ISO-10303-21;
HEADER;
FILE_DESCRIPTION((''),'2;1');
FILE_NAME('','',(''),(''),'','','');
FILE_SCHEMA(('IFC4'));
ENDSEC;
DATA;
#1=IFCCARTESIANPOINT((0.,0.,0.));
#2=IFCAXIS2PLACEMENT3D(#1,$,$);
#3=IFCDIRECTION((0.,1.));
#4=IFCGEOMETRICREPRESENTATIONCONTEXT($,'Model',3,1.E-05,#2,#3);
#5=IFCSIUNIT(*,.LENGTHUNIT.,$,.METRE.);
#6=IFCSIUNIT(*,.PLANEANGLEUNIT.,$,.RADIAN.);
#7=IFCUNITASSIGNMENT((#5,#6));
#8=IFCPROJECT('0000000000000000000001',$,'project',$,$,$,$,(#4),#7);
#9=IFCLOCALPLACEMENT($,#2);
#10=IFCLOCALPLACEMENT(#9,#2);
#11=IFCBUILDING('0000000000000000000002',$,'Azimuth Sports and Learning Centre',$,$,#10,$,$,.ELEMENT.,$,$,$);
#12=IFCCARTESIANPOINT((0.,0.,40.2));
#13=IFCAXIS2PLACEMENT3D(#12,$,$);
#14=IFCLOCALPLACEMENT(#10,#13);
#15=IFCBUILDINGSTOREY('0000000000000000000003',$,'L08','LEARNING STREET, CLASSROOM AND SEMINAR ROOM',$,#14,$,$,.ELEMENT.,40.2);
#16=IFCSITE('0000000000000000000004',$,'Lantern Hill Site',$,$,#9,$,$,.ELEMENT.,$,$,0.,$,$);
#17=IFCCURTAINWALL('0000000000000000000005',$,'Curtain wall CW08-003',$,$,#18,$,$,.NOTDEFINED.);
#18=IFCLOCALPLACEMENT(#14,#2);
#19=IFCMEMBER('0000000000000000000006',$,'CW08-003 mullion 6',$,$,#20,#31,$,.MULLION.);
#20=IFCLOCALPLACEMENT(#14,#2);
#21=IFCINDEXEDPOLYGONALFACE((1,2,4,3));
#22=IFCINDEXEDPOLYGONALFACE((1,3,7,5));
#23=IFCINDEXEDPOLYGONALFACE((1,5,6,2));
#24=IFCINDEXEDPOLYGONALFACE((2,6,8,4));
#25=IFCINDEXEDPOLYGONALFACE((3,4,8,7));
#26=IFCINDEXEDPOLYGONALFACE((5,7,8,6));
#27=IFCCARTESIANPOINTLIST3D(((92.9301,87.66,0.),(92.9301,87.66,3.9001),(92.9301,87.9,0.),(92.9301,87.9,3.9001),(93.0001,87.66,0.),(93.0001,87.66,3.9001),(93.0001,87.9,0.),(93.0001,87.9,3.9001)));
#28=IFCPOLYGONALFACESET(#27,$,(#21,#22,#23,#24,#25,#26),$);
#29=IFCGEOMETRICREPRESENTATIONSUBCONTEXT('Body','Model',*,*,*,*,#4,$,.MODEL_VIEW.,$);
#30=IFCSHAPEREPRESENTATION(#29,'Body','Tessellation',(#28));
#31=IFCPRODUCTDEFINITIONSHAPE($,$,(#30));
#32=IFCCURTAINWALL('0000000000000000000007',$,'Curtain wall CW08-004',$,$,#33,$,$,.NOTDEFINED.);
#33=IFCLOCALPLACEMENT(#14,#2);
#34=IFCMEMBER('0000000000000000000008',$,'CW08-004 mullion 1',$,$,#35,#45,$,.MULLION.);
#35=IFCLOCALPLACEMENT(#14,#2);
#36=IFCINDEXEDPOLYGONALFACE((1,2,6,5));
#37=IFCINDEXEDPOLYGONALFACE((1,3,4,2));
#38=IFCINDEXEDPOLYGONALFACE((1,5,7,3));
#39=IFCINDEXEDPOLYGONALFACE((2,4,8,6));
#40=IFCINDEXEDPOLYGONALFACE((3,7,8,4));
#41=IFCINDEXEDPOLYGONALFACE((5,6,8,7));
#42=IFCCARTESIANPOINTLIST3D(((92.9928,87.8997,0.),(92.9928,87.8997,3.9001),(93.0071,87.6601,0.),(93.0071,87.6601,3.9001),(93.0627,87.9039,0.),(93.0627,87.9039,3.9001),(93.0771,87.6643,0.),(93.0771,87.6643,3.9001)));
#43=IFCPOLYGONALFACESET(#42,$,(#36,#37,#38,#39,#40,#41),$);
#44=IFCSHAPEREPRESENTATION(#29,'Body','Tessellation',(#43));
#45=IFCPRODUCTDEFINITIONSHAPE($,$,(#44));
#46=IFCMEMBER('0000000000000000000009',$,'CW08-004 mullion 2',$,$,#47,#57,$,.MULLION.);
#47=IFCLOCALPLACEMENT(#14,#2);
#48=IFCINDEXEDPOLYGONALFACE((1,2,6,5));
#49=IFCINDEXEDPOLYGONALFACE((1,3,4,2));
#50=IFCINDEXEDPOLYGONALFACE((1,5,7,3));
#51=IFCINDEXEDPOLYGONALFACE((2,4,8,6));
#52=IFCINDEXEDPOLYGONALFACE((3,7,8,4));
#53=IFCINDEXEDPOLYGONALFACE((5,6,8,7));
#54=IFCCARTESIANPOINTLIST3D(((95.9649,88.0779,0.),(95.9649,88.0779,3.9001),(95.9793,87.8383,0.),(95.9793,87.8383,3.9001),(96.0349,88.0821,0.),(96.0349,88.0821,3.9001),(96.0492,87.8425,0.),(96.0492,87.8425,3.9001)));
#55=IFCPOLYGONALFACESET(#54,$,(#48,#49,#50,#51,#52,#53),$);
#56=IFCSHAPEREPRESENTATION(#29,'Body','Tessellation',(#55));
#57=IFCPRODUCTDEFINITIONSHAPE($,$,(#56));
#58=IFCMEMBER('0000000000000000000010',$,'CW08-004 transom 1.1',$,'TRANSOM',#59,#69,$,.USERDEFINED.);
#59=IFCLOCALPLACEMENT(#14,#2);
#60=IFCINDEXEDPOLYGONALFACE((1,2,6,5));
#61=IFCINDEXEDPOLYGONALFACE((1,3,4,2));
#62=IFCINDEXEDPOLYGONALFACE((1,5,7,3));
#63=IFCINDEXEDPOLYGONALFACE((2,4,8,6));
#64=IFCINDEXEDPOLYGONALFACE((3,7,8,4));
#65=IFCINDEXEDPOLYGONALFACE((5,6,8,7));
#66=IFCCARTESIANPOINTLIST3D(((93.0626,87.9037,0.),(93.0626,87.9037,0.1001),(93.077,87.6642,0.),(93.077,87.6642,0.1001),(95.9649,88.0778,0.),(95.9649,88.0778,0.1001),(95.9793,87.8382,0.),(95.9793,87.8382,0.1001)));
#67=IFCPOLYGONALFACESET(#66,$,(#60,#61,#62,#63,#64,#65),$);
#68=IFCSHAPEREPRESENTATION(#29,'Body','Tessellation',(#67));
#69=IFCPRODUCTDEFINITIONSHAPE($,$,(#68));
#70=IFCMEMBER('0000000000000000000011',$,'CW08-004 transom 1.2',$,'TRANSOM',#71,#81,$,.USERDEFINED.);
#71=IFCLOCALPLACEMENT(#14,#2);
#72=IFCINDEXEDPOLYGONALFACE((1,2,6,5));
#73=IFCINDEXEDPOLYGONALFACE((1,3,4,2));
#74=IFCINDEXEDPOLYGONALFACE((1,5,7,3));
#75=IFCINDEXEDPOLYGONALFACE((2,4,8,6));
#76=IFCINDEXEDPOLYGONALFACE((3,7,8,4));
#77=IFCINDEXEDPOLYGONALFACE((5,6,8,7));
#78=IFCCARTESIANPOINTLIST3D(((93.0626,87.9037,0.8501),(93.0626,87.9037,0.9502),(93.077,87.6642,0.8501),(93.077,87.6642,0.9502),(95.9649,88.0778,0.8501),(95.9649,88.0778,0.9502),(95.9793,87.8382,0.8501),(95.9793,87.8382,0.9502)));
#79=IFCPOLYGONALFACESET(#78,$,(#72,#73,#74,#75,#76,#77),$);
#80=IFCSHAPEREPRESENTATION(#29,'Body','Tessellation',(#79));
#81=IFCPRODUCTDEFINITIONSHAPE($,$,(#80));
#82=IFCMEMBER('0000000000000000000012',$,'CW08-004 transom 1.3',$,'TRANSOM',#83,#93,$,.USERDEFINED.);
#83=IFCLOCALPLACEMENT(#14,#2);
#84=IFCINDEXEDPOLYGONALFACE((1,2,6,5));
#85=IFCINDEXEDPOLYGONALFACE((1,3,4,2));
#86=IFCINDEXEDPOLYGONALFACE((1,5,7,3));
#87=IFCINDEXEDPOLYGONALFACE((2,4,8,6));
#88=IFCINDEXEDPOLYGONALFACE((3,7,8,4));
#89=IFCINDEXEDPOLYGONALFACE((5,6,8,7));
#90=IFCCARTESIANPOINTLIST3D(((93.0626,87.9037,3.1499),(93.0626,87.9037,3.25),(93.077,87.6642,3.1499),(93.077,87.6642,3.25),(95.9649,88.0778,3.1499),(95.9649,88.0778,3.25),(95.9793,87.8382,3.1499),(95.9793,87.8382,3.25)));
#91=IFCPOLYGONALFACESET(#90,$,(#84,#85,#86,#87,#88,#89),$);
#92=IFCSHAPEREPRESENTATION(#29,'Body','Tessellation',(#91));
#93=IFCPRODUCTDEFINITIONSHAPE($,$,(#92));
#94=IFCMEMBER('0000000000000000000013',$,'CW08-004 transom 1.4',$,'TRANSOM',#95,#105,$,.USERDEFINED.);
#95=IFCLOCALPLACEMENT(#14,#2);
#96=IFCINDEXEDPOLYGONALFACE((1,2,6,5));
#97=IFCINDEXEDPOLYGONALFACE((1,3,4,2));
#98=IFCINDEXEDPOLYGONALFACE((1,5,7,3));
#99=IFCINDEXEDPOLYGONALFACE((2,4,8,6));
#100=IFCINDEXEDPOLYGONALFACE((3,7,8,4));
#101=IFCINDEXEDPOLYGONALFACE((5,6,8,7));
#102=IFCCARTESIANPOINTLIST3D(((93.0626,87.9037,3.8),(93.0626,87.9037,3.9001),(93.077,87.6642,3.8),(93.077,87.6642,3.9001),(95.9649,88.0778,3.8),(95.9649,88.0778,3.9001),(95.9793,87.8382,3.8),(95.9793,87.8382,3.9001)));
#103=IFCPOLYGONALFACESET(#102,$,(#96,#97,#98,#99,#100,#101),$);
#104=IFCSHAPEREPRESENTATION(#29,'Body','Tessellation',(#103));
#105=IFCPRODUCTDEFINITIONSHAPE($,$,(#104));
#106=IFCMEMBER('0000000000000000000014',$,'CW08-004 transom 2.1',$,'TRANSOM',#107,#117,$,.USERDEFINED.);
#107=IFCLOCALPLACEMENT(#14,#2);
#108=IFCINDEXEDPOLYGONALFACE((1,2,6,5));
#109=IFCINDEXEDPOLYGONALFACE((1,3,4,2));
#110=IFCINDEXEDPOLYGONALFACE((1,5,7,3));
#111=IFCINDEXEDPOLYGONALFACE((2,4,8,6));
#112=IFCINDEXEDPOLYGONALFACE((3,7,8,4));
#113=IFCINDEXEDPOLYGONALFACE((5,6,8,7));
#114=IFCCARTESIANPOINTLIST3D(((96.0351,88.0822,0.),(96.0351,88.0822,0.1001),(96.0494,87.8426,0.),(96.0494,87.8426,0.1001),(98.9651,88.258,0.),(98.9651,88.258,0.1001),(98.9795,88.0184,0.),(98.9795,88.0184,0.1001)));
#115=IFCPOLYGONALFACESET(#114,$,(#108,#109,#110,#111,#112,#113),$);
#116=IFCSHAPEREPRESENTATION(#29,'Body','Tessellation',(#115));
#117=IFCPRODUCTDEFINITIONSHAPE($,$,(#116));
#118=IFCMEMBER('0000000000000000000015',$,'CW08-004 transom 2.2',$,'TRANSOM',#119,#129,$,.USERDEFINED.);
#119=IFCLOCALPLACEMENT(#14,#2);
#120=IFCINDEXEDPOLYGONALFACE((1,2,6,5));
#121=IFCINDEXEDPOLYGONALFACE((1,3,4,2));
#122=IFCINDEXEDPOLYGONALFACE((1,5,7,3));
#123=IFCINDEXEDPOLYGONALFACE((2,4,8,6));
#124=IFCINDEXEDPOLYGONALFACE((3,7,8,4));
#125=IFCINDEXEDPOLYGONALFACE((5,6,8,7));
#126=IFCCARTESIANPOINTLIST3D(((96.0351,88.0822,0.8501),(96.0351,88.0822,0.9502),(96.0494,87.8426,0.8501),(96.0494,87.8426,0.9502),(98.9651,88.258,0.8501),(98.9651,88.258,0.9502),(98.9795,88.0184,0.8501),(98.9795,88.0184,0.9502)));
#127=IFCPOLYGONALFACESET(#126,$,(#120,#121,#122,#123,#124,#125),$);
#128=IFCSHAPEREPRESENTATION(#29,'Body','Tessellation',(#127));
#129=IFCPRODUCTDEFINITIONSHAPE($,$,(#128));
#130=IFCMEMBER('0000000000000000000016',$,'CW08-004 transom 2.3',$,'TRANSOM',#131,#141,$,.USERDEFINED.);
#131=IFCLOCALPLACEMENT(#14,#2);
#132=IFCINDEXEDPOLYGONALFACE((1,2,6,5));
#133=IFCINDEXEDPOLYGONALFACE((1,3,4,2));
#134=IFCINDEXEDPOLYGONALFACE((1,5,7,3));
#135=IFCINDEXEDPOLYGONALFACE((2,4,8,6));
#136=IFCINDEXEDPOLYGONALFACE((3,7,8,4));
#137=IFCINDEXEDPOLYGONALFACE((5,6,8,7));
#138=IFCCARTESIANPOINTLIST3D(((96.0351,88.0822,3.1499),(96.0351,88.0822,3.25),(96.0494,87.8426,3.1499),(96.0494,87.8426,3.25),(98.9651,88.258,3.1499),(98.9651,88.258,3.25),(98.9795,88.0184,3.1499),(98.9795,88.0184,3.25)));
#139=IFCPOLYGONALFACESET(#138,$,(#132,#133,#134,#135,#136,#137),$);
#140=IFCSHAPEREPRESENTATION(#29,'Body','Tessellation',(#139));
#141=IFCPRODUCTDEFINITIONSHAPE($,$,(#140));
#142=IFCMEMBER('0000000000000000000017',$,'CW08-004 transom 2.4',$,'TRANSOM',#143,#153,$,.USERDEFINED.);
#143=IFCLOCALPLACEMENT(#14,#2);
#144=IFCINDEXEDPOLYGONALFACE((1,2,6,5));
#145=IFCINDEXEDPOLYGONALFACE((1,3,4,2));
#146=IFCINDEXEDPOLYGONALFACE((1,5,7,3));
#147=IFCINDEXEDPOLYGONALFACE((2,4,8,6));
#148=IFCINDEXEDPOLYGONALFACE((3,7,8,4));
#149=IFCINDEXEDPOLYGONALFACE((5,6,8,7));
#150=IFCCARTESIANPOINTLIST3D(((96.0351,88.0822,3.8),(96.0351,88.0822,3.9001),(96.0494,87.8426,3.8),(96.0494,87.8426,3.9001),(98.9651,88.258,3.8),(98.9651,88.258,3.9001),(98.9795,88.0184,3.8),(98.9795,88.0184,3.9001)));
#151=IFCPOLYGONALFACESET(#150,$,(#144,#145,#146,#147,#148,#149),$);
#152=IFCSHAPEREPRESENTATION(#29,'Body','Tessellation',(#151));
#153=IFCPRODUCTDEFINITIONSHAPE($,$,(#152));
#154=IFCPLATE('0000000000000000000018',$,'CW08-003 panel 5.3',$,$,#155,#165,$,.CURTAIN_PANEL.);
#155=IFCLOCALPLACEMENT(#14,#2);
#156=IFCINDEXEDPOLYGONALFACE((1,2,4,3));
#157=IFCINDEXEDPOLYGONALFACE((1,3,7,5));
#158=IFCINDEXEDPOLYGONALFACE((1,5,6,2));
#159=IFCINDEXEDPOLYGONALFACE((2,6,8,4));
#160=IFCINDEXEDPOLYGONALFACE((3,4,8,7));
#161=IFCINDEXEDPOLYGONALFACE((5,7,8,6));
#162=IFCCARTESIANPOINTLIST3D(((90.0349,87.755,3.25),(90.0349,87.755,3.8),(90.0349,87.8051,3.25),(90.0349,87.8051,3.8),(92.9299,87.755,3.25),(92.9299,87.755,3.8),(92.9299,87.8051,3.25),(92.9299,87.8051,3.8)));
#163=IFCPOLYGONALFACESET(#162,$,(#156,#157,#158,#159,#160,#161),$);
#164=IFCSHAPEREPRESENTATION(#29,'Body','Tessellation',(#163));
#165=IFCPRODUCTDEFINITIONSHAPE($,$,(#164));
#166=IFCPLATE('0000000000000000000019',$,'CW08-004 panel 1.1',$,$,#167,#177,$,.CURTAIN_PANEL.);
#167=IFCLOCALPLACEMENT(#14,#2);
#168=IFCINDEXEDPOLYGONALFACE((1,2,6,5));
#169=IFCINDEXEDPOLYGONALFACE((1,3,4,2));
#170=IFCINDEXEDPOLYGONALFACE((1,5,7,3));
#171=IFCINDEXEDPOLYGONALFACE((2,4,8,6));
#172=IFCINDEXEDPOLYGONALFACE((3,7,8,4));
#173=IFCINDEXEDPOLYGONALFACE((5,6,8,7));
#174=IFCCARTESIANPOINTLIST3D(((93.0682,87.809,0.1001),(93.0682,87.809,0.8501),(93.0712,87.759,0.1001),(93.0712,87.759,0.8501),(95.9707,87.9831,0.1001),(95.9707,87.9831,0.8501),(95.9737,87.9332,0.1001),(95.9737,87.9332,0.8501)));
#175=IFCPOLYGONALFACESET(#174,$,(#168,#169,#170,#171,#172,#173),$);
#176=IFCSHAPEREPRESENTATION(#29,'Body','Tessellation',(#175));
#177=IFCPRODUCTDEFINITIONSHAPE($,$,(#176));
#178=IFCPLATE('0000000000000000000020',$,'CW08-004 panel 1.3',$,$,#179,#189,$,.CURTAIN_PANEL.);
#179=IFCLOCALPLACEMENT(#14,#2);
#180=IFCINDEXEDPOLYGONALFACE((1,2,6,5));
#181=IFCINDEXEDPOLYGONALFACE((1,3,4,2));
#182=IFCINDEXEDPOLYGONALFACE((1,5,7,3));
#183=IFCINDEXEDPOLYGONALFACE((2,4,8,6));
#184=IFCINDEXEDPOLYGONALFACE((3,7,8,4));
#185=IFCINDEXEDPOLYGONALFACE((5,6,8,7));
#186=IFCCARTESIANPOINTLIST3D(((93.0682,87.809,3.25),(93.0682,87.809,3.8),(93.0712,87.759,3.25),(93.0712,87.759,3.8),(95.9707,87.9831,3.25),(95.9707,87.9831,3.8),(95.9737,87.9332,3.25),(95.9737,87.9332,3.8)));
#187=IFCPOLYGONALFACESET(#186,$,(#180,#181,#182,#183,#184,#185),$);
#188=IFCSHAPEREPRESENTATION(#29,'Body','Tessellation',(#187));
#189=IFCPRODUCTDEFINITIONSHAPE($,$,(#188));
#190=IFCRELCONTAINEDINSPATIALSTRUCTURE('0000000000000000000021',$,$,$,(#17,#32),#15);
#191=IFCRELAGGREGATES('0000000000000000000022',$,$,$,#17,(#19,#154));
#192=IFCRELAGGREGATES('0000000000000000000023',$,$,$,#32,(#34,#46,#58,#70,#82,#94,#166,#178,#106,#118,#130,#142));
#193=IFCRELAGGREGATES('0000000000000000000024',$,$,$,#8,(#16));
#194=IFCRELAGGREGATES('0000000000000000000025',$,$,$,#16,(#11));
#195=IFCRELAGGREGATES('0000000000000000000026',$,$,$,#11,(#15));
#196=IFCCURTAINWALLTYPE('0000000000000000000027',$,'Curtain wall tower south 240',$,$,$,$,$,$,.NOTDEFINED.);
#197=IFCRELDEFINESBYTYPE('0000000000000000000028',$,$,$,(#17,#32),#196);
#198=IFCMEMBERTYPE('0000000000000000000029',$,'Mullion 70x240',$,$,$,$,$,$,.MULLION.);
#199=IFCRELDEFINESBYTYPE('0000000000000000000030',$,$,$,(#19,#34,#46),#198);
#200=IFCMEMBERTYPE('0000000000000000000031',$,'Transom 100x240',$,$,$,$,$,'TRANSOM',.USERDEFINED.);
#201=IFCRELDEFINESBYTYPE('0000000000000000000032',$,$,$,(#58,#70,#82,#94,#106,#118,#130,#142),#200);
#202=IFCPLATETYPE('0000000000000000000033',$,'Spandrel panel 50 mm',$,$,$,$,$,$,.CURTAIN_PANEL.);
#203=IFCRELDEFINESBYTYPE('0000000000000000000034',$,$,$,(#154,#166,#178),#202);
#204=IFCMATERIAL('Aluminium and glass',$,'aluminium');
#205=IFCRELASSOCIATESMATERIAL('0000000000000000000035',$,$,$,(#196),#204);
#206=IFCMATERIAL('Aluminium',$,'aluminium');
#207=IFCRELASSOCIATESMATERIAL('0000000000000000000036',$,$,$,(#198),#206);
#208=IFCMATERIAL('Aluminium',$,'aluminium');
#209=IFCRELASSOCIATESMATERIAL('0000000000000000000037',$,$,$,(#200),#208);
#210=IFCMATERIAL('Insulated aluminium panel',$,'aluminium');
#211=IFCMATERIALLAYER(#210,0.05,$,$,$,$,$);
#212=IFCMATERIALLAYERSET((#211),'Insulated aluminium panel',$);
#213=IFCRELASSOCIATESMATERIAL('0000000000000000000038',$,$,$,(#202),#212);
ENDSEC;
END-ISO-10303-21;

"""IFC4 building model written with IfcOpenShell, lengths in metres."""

from ifc_helpers import new_model, si_unit, direction, frame, origin, origin_2d, place, context, subcontext, project, spatial, rectangle, extrude, material, layer, layer_set, material_profile, profile_set, type_object, element, aggregate, save


model = new_model("IFC4")

# Units and contexts
model_context = context("Model", 3, precision=1e-05, world=origin(), true_north=direction((0.0, 1.0)))
body_context = subcontext(model_context, "Body", "Model", "MODEL_VIEW")
ifc_project = project(units=[si_unit("LENGTHUNIT", "METRE"), si_unit("PLANEANGLEUNIT", "RADIAN")], contexts=[model_context])

# Site, building, storey
site_placement = place(None, origin())
site = spatial("IfcSite", under=ifc_project, at=site_placement, Name="Lantern Hill Site", CompositionType="ELEMENT", RefElevation=0.0)
building_placement = place(site_placement, origin())
building = spatial("IfcBuilding", under=site, at=building_placement, Name="Azimuth Sports and Learning Centre", CompositionType="ELEMENT")
storey_placement = place(building_placement, frame((0.0, 0.0, 40.2)))
storey = spatial("IfcBuildingStorey", under=building, at=storey_placement, Name="L08", Description="LEARNING STREET, CLASSROOM AND SEMINAR ROOM", CompositionType="ELEMENT", Elevation=40.2)

# Curtain wall, member
ifc_material_1 = material(Name="Aluminium and glass", Category="aluminium")
curtain_wall_type = type_object("IfcCurtainWallType", Name="Curtain wall tower south 240", PredefinedType="NOTDEFINED", material=ifc_material_1)
curtain_wall_1_placement = place(storey_placement, origin())
curtain_wall_1 = element("IfcCurtainWall", 1, at=curtain_wall_1_placement, inside=storey, type_object=curtain_wall_type, Name="Curtain wall CW08-003", PredefinedType="NOTDEFINED")
ifc_material_2 = material(Name="Aluminium", Category="aluminium")
ifc_material_profile_1 = material_profile(ifc_material_2, rectangle(XDim=0.24, YDim=0.0701, at=origin_2d()), Name="Mullion 70x240")
ifc_profile_set_1 = profile_set([ifc_material_profile_1], Name="Aluminium")
member_type_1 = type_object("IfcMemberType", Name="Mullion 70x240", PredefinedType="MULLION", material=ifc_profile_set_1)
member_1_placement = place(storey_placement, frame((92.9651, 87.78, 0.0), z_axis=(0.0, 0.0, 1.0), x_axis=(0.0, 1.0, 0.0)))
member_1 = element("IfcMember", 2, at=member_1_placement, type_object=member_type_1, Name="CW08-003 mullion 6", PredefinedType="MULLION", context=body_context, shape_type="SweptSolid", body=[
    extrude(rectangle(XDim=0.24, YDim=0.0701, at=origin_2d()), origin(), (0.0, 0.0, 1.0), 3.9001),
])

# Curtain wall, members
curtain_wall_2_placement = place(storey_placement, origin())
curtain_wall_2 = element("IfcCurtainWall", 3, at=curtain_wall_2_placement, inside=storey, type_object=curtain_wall_type, Name="Curtain wall CW08-004", PredefinedType="NOTDEFINED")
member_2_placement = place(storey_placement, frame((93.0349, 87.782, 0.0), z_axis=(0.0, 0.0, 1.0), x_axis=(-0.059892, 0.998205, 0.0)))
member_2 = element("IfcMember", 4, at=member_2_placement, type_object=member_type_1, Name="CW08-004 mullion 1", PredefinedType="MULLION", context=body_context, shape_type="SweptSolid", body=[
    extrude(rectangle(XDim=0.24, YDim=0.0701, at=origin_2d()), origin(), (0.0, 0.0, 1.0), 3.9001),
])
member_3_placement = place(storey_placement, frame((96.0071, 87.9602, 0.0), z_axis=(0.0, 0.0, 1.0), x_axis=(-0.059892, 0.998205, 0.0)))
member_3 = element("IfcMember", 5, at=member_3_placement, type_object=member_type_1, Name="CW08-004 mullion 2", PredefinedType="MULLION", context=body_context, shape_type="SweptSolid", body=[
    extrude(rectangle(XDim=0.24, YDim=0.0701, at=origin_2d()), origin(), (0.0, 0.0, 1.0), 3.9001),
])
ifc_material_3 = material(Name="Aluminium", Category="aluminium")
ifc_material_profile_2 = material_profile(ifc_material_3, rectangle(XDim=0.24, YDim=0.1001, at=origin_2d()), Name="Transom 100x240")
ifc_profile_set_2 = profile_set([ifc_material_profile_2], Name="Aluminium")
member_type_2 = type_object("IfcMemberType", Name="Transom 100x240", ElementType="TRANSOM", PredefinedType="USERDEFINED", material=ifc_profile_set_2)
member_4_placement = place(storey_placement, frame((93.0698, 87.7839, 0.05), z_axis=(0.998206, 0.059869, 0.0), x_axis=(-0.059869, 0.998206, 0.0)))
member_4 = element("IfcMember", 6, at=member_4_placement, type_object=member_type_2, Name="CW08-004 transom 1.1", ObjectType="TRANSOM", PredefinedType="USERDEFINED", context=body_context, shape_type="SweptSolid", body=[
    extrude(rectangle(XDim=0.24, YDim=0.1001, at=origin_2d()), origin(), (0.0, 0.0, 1.0), 2.9075),
])
member_5_placement = place(storey_placement, frame((93.0698, 87.7839, 0.9001), z_axis=(0.998206, 0.059869, 0.0), x_axis=(-0.059869, 0.998206, 0.0)))
member_5 = element("IfcMember", 7, at=member_5_placement, type_object=member_type_2, Name="CW08-004 transom 1.2", ObjectType="TRANSOM", PredefinedType="USERDEFINED", context=body_context, shape_type="SweptSolid", body=[
    extrude(rectangle(XDim=0.24, YDim=0.1001, at=origin_2d()), origin(), (0.0, 0.0, 1.0), 2.9075),
])
member_6_placement = place(storey_placement, frame((93.0698, 87.7839, 3.2), z_axis=(0.998206, 0.059869, 0.0), x_axis=(-0.059869, 0.998206, 0.0)))
member_6 = element("IfcMember", 8, at=member_6_placement, type_object=member_type_2, Name="CW08-004 transom 1.3", ObjectType="TRANSOM", PredefinedType="USERDEFINED", context=body_context, shape_type="SweptSolid", body=[
    extrude(rectangle(XDim=0.24, YDim=0.1001, at=origin_2d()), origin(), (0.0, 0.0, 1.0), 2.9075),
])
member_7_placement = place(storey_placement, frame((93.0698, 87.7839, 3.8501), z_axis=(0.998206, 0.059869, 0.0), x_axis=(-0.059869, 0.998206, 0.0)))
member_7 = element("IfcMember", 9, at=member_7_placement, type_object=member_type_2, Name="CW08-004 transom 1.4", ObjectType="TRANSOM", PredefinedType="USERDEFINED", context=body_context, shape_type="SweptSolid", body=[
    extrude(rectangle(XDim=0.24, YDim=0.1001, at=origin_2d()), origin(), (0.0, 0.0, 1.0), 2.9075),
])
member_8_placement = place(storey_placement, frame((96.0422, 87.9624, 0.05), z_axis=(0.998205, 0.059887, 0.0), x_axis=(-0.059887, 0.998205, 0.0)))
member_8 = element("IfcMember", 10, at=member_8_placement, type_object=member_type_2, Name="CW08-004 transom 2.1", ObjectType="TRANSOM", PredefinedType="USERDEFINED", context=body_context, shape_type="SweptSolid", body=[
    extrude(rectangle(XDim=0.24, YDim=0.1001, at=origin_2d()), origin(), (0.0, 0.0, 1.0), 2.9353),
])
member_9_placement = place(storey_placement, frame((96.0422, 87.9624, 0.9001), z_axis=(0.998205, 0.059887, 0.0), x_axis=(-0.059887, 0.998205, 0.0)))
member_9 = element("IfcMember", 11, at=member_9_placement, type_object=member_type_2, Name="CW08-004 transom 2.2", ObjectType="TRANSOM", PredefinedType="USERDEFINED", context=body_context, shape_type="SweptSolid", body=[
    extrude(rectangle(XDim=0.24, YDim=0.1001, at=origin_2d()), origin(), (0.0, 0.0, 1.0), 2.9353),
])
member_10_placement = place(storey_placement, frame((96.0422, 87.9624, 3.2), z_axis=(0.998205, 0.059887, 0.0), x_axis=(-0.059887, 0.998205, 0.0)))
member_10 = element("IfcMember", 12, at=member_10_placement, type_object=member_type_2, Name="CW08-004 transom 2.3", ObjectType="TRANSOM", PredefinedType="USERDEFINED", context=body_context, shape_type="SweptSolid", body=[
    extrude(rectangle(XDim=0.24, YDim=0.1001, at=origin_2d()), origin(), (0.0, 0.0, 1.0), 2.9353),
])
member_11_placement = place(storey_placement, frame((96.0422, 87.9624, 3.8501), z_axis=(0.998205, 0.059887, 0.0), x_axis=(-0.059887, 0.998205, 0.0)))
member_11 = element("IfcMember", 13, at=member_11_placement, type_object=member_type_2, Name="CW08-004 transom 2.4", ObjectType="TRANSOM", PredefinedType="USERDEFINED", context=body_context, shape_type="SweptSolid", body=[
    extrude(rectangle(XDim=0.24, YDim=0.1001, at=origin_2d()), origin(), (0.0, 0.0, 1.0), 2.9353),
])

# Plates
ifc_material_4 = material(Name="Insulated aluminium panel", Category="aluminium")
ifc_layer_1 = layer(ifc_material_4, 0.05)
ifc_layer_set_1 = layer_set([ifc_layer_1], Name="Insulated aluminium panel")
plate_type_1 = type_object("IfcPlateType", Name="Spandrel panel 50 mm", PredefinedType="CURTAIN_PANEL", material=ifc_layer_set_1)
plate_1_placement = place(storey_placement, frame((91.4824, 87.78, 3.25), z_axis=(0.0, 0.0, 1.0), x_axis=(1.0, 0.0, 0.0)))
plate_1 = element("IfcPlate", 14, at=plate_1_placement, type_object=plate_type_1, Name="CW08-003 panel 5.3", PredefinedType="CURTAIN_PANEL", context=body_context, shape_type="SweptSolid", body=[
    extrude(rectangle(XDim=2.895, YDim=0.05, at=origin_2d()), origin(), (0.0, 0.0, 1.0), 0.55),
])
plate_2_placement = place(storey_placement, frame((94.521, 87.8711, 0.1001), z_axis=(0.0, 0.0, 1.0), x_axis=(0.998205, 0.059892, 0.0)))
plate_2 = element("IfcPlate", 15, at=plate_2_placement, type_object=plate_type_1, Name="CW08-004 panel 1.1", PredefinedType="CURTAIN_PANEL", context=body_context, shape_type="SweptSolid", body=[
    extrude(rectangle(XDim=2.9077, YDim=0.05, at=origin_2d()), origin(), (0.0, 0.0, 1.0), 0.75),
])
plate_3_placement = place(storey_placement, frame((94.521, 87.8711, 3.25), z_axis=(0.0, 0.0, 1.0), x_axis=(0.998205, 0.059892, 0.0)))
plate_3 = element("IfcPlate", 16, at=plate_3_placement, type_object=plate_type_1, Name="CW08-004 panel 1.3", PredefinedType="CURTAIN_PANEL", context=body_context, shape_type="SweptSolid", body=[
    extrude(rectangle(XDim=2.9077, YDim=0.05, at=origin_2d()), origin(), (0.0, 0.0, 1.0), 0.55),
])
aggregate(curtain_wall_1, [member_1, plate_1])
aggregate(curtain_wall_2, [member_2, member_3, member_4, member_5, member_6, member_7, plate_2, plate_3, member_8, member_9, member_10, member_11])

save(model, "model.ifc")
